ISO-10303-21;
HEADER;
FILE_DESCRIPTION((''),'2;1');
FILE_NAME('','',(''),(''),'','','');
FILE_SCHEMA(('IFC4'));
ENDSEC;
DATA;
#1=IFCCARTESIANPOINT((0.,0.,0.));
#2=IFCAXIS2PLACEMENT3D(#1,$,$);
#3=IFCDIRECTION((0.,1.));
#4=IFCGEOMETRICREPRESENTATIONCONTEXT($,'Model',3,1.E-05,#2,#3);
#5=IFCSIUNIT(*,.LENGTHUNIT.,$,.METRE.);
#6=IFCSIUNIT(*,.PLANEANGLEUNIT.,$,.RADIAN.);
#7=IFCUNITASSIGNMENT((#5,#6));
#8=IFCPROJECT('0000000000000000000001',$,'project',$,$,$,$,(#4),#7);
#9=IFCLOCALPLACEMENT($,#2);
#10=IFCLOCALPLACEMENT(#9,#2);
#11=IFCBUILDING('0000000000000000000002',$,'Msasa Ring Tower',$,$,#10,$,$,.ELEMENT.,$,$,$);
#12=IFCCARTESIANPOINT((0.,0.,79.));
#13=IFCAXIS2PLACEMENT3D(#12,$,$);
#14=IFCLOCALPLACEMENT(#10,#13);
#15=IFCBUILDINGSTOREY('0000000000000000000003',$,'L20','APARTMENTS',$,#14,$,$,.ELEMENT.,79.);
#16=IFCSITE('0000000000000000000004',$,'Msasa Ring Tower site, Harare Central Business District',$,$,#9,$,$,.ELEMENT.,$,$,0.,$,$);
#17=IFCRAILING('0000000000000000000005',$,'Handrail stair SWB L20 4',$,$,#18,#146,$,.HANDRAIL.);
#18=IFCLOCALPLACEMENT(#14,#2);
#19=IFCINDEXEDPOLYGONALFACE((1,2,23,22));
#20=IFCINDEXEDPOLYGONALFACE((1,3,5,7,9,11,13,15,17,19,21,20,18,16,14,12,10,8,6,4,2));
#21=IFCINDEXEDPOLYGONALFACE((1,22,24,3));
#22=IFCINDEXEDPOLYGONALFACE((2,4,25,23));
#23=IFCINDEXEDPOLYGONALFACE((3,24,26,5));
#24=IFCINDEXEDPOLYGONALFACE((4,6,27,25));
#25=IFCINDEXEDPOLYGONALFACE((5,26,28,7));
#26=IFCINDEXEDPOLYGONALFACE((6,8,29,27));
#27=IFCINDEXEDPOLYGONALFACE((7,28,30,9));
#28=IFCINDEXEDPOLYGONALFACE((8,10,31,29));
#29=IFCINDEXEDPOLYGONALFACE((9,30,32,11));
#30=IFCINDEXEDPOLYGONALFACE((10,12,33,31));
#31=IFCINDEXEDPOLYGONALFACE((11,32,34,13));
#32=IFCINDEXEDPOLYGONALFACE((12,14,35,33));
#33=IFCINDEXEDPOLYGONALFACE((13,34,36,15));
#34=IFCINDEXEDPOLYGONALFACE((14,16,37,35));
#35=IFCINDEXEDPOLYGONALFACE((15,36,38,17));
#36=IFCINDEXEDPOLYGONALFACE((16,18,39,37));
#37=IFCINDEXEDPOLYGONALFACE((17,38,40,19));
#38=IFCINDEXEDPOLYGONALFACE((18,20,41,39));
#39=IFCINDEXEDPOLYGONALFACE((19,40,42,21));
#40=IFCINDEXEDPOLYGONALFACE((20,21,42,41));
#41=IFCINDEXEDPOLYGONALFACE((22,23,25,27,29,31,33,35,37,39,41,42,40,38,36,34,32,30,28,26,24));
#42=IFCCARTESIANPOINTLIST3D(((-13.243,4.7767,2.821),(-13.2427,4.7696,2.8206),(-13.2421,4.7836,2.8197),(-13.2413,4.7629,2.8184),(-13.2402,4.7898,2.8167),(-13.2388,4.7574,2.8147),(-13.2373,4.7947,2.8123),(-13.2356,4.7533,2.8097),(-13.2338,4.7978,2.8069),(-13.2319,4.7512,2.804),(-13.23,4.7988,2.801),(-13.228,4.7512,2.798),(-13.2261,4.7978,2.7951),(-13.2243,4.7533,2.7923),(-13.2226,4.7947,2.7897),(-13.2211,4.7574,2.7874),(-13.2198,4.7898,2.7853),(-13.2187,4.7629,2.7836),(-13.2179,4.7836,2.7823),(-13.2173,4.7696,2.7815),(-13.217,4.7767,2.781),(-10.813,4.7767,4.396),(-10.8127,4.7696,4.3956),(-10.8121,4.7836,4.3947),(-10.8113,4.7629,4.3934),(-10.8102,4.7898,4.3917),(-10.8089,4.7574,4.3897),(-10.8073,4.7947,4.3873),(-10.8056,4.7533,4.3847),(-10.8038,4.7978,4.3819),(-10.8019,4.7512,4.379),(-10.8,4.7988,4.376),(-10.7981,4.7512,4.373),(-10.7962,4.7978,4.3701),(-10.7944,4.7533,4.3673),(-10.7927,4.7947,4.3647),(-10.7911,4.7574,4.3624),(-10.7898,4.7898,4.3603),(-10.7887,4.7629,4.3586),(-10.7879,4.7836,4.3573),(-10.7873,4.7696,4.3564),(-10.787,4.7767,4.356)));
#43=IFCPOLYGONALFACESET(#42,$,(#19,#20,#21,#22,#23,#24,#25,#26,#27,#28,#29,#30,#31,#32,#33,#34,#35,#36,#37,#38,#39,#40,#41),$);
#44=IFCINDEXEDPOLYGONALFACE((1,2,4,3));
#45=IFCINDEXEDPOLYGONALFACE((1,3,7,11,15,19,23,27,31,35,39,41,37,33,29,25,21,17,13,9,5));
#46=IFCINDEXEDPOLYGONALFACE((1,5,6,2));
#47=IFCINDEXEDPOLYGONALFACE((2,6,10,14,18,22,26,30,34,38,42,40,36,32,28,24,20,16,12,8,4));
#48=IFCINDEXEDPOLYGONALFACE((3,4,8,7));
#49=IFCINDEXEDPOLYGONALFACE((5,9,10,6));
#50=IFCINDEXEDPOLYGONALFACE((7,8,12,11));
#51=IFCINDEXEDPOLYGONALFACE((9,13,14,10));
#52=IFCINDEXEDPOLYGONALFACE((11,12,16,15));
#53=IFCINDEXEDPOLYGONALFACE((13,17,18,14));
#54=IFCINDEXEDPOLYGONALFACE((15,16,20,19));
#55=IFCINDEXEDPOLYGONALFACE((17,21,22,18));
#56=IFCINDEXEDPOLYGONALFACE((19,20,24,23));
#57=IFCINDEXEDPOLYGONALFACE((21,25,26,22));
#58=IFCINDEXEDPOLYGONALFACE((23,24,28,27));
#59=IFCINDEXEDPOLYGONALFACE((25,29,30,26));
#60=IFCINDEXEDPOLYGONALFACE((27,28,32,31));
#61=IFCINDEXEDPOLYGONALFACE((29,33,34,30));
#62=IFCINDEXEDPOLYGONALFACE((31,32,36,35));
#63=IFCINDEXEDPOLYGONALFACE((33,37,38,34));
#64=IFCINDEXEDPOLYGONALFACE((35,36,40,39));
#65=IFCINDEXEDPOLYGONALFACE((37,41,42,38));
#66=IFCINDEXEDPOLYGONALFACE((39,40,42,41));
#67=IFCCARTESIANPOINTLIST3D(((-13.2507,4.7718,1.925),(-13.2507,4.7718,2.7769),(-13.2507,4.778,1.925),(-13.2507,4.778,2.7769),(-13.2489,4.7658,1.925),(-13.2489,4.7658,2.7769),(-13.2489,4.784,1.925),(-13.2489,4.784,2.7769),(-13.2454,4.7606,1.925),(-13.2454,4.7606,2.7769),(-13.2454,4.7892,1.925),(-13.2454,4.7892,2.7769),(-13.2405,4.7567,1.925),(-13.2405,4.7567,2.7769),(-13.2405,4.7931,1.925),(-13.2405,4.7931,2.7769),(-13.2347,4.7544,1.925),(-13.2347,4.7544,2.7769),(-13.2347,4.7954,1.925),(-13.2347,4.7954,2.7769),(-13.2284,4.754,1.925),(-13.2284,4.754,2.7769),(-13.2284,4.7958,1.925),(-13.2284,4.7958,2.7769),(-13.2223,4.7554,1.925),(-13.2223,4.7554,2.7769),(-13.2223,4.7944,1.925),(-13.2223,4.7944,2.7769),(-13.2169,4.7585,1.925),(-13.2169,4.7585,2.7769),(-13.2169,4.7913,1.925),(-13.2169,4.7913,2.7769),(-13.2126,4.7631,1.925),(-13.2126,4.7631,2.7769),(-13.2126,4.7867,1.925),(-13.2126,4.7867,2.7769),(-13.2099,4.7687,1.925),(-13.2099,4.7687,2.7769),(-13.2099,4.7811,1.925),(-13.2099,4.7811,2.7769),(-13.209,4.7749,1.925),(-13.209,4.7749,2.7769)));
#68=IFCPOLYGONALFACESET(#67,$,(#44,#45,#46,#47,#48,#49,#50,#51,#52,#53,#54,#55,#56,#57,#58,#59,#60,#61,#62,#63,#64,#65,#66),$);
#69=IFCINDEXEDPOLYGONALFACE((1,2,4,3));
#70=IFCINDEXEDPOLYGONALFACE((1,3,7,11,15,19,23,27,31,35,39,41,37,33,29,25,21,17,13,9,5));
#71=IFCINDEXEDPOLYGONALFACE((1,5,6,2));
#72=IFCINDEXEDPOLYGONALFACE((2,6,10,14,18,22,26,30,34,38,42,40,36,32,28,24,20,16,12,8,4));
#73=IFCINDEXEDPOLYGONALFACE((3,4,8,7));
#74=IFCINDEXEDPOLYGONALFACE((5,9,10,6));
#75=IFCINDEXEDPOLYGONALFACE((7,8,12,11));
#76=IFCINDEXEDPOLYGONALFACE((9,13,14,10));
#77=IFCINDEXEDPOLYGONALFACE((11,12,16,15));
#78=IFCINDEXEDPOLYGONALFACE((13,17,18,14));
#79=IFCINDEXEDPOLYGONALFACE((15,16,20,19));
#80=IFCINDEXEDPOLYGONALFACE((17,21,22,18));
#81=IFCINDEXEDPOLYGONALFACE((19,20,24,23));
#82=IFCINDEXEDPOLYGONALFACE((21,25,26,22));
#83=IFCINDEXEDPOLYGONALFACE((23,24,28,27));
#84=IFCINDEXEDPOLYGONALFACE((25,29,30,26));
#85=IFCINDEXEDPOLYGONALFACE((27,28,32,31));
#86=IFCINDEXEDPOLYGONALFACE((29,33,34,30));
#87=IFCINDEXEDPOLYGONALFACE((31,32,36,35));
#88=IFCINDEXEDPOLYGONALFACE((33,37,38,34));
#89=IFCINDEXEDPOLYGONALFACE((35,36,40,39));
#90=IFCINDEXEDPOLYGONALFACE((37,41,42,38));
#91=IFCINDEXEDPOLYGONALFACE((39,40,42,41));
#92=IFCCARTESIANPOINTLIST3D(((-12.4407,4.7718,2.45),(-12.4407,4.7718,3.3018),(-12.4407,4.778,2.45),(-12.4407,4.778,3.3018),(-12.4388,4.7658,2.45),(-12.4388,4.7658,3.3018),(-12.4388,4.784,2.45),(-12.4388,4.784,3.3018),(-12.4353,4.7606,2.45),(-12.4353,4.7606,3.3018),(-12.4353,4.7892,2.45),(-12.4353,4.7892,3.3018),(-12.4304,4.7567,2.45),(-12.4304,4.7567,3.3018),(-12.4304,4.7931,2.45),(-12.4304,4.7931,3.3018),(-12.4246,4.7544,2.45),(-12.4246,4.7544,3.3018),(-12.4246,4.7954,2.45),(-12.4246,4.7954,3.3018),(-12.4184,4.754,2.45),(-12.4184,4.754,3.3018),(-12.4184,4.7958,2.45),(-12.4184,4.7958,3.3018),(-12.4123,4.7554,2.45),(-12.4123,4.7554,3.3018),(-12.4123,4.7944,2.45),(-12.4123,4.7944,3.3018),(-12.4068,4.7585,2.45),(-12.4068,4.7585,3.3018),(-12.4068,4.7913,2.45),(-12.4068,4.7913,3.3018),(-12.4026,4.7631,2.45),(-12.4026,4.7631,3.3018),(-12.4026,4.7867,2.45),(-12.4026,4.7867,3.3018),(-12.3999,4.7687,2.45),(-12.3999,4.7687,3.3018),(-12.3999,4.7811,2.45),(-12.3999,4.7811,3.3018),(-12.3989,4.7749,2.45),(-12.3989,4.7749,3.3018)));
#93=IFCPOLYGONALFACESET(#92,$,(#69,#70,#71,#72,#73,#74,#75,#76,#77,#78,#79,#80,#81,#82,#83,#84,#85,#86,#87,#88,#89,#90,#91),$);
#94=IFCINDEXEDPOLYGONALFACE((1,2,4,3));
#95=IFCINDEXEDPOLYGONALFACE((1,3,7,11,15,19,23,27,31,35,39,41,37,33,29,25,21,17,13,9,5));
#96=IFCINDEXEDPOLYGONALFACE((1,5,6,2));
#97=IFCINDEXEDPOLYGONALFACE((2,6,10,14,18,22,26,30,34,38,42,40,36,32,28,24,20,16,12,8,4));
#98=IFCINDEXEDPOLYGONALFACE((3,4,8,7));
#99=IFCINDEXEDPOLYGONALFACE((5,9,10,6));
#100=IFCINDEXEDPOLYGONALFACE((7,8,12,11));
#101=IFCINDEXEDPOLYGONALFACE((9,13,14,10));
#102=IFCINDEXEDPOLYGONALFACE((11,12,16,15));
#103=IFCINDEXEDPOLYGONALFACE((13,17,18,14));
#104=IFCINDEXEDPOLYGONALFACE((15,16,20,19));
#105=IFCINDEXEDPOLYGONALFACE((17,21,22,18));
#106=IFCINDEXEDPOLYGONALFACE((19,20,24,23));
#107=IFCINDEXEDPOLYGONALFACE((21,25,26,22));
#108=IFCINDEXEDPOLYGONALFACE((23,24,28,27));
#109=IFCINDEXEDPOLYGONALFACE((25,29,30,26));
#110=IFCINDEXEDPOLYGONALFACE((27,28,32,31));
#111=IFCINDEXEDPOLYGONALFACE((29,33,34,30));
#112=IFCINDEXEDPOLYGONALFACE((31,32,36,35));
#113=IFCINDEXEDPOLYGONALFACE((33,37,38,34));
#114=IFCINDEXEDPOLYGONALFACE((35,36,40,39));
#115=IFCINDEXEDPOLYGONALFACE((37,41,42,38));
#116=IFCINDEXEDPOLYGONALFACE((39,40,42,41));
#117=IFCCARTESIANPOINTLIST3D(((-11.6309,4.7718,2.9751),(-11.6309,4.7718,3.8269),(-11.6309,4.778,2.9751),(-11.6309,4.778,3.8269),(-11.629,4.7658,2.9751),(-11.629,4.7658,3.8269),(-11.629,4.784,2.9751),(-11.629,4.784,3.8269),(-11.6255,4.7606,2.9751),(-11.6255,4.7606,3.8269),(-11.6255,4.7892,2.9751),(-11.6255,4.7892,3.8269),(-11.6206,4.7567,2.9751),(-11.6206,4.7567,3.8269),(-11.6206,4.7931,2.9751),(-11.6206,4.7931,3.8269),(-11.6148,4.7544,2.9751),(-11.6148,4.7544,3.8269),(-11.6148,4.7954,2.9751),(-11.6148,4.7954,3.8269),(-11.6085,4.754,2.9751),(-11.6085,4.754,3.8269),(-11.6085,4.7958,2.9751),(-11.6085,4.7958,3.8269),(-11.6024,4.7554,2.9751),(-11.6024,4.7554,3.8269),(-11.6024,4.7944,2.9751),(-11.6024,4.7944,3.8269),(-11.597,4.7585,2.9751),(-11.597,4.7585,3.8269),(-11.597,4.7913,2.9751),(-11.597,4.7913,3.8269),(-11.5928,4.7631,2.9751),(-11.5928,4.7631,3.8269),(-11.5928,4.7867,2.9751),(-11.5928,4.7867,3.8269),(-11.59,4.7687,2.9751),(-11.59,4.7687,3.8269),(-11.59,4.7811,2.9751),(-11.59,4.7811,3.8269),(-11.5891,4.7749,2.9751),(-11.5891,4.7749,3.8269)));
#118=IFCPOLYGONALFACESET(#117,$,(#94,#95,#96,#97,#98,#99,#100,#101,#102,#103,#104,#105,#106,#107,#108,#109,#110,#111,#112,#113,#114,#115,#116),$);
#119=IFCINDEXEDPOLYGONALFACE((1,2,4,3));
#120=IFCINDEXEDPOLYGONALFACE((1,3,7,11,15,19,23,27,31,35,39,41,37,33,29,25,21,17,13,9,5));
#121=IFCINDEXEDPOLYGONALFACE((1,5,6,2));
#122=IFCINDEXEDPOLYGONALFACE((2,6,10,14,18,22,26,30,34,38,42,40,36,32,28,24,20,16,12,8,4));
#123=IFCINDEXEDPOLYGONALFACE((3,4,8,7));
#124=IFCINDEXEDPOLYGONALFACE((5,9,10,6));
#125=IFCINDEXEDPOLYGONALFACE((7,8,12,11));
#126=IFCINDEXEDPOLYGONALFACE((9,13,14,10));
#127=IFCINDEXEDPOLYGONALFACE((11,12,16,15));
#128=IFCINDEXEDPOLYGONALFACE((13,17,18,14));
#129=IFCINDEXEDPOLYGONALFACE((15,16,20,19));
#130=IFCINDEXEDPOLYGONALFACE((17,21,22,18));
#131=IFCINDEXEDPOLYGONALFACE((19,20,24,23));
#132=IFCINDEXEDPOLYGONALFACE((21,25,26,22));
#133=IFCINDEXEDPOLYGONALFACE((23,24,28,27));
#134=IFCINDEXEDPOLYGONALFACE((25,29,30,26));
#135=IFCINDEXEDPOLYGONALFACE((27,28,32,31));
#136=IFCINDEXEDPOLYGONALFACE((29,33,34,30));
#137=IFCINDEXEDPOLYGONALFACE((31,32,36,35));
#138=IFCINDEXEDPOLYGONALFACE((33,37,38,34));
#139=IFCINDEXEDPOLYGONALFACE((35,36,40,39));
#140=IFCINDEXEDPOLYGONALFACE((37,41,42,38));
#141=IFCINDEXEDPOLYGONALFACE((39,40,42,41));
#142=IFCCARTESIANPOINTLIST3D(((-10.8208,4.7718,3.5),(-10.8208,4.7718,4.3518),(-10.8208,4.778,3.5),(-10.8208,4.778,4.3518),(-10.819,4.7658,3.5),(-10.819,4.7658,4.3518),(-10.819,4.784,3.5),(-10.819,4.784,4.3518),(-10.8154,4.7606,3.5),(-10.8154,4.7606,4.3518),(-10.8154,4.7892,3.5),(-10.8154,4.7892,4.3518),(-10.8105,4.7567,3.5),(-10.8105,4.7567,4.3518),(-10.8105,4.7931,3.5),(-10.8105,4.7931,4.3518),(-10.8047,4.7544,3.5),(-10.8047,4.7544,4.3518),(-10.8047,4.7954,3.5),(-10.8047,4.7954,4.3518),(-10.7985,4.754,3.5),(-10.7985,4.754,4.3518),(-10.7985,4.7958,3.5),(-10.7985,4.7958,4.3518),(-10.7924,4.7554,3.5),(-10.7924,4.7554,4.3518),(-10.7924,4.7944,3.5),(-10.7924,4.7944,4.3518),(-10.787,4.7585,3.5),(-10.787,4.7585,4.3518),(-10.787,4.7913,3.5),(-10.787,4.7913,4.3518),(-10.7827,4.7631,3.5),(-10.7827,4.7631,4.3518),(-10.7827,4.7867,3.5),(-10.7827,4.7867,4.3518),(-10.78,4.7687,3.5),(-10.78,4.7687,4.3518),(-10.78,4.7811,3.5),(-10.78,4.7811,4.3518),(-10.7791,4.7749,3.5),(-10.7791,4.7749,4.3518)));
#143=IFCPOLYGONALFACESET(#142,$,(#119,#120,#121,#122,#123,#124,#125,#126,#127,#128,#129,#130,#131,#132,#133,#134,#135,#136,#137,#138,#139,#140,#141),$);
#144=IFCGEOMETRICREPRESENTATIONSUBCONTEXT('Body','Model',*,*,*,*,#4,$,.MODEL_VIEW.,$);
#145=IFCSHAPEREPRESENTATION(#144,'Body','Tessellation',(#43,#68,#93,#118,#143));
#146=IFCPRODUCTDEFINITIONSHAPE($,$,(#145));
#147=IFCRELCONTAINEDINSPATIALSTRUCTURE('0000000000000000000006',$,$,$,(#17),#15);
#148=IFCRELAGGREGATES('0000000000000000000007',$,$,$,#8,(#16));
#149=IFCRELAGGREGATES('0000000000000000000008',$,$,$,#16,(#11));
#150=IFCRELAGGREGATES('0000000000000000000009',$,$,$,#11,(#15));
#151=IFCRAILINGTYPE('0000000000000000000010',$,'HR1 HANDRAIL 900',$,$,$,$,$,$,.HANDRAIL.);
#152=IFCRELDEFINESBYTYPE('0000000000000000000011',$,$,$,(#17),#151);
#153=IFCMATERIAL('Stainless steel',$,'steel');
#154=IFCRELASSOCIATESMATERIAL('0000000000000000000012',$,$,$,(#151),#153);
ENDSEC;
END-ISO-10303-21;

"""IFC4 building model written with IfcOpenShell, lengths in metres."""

from ifc_helpers import new_model, si_unit, direction, frame, origin, origin_2d, place, context, subcontext, project, spatial, circle, extrude, material, type_object, element, save


model = new_model("IFC4")

# Units and contexts
model_context = context("Model", 3, precision=1e-05, world=origin(), true_north=direction((0.0, 1.0)))
body_context = subcontext(model_context, "Body", "Model", "MODEL_VIEW")
ifc_project = project(units=[si_unit("LENGTHUNIT", "METRE"), si_unit("PLANEANGLEUNIT", "RADIAN")], contexts=[model_context])

# Site, building, storey
site_placement = place(None, origin())
site = spatial("IfcSite", under=ifc_project, at=site_placement, Name="Msasa Ring Tower site, Harare Central Business District", CompositionType="ELEMENT", RefElevation=0.0)
building_placement = place(site_placement, origin())
building = spatial("IfcBuilding", under=site, at=building_placement, Name="Msasa Ring Tower", CompositionType="ELEMENT")
storey_placement = place(building_placement, frame((0.0, 0.0, 79.0)))
storey = spatial("IfcBuildingStorey", under=building, at=storey_placement, Name="L20", Description="APARTMENTS", CompositionType="ELEMENT", Elevation=79.0)

# Railing
ifc_material_1 = material(Name="Stainless steel", Category="steel")
railing_type = type_object("IfcRailingType", Name="HR1 HANDRAIL 900", PredefinedType="HANDRAIL", material=ifc_material_1)
for number, where, name in (
    (1, (-13.23, 4.7749, 1.925), "Handrail stair SWB L20 4"),
):
    element("IfcRailing", number, at=place(storey_placement, frame(where)), inside=storey, type_object=railing_type, Name=name, PredefinedType="HANDRAIL", context=body_context, shape_type="SweptSolid", body=[
        extrude(circle(Radius=0.0239, at=origin_2d()), frame((0.0, 0.0, 0.876), z_axis=(0.839154, 0.0, 0.543894), x_axis=(0.0, 1.0, 0.0)), (0.0, 0.0, 1.0), 2.8958),
        extrude(circle(Radius=0.021, at=origin_2d()), origin(), (0.0, 0.0, 1.0), 0.8518),
        extrude(circle(Radius=0.021, at=origin_2d()), frame((0.8101, 0.0, 0.5249)), (0.0, 0.0, 1.0), 0.8518),
        extrude(circle(Radius=0.021, at=origin_2d()), frame((1.6199, 0.0, 1.05)), (0.0, 0.0, 1.0), 0.8518),
        extrude(circle(Radius=0.021, at=origin_2d()), frame((2.4299, 0.0, 1.575)), (0.0, 0.0, 1.0), 0.8518),
    ])

save(model, "model.ifc")
